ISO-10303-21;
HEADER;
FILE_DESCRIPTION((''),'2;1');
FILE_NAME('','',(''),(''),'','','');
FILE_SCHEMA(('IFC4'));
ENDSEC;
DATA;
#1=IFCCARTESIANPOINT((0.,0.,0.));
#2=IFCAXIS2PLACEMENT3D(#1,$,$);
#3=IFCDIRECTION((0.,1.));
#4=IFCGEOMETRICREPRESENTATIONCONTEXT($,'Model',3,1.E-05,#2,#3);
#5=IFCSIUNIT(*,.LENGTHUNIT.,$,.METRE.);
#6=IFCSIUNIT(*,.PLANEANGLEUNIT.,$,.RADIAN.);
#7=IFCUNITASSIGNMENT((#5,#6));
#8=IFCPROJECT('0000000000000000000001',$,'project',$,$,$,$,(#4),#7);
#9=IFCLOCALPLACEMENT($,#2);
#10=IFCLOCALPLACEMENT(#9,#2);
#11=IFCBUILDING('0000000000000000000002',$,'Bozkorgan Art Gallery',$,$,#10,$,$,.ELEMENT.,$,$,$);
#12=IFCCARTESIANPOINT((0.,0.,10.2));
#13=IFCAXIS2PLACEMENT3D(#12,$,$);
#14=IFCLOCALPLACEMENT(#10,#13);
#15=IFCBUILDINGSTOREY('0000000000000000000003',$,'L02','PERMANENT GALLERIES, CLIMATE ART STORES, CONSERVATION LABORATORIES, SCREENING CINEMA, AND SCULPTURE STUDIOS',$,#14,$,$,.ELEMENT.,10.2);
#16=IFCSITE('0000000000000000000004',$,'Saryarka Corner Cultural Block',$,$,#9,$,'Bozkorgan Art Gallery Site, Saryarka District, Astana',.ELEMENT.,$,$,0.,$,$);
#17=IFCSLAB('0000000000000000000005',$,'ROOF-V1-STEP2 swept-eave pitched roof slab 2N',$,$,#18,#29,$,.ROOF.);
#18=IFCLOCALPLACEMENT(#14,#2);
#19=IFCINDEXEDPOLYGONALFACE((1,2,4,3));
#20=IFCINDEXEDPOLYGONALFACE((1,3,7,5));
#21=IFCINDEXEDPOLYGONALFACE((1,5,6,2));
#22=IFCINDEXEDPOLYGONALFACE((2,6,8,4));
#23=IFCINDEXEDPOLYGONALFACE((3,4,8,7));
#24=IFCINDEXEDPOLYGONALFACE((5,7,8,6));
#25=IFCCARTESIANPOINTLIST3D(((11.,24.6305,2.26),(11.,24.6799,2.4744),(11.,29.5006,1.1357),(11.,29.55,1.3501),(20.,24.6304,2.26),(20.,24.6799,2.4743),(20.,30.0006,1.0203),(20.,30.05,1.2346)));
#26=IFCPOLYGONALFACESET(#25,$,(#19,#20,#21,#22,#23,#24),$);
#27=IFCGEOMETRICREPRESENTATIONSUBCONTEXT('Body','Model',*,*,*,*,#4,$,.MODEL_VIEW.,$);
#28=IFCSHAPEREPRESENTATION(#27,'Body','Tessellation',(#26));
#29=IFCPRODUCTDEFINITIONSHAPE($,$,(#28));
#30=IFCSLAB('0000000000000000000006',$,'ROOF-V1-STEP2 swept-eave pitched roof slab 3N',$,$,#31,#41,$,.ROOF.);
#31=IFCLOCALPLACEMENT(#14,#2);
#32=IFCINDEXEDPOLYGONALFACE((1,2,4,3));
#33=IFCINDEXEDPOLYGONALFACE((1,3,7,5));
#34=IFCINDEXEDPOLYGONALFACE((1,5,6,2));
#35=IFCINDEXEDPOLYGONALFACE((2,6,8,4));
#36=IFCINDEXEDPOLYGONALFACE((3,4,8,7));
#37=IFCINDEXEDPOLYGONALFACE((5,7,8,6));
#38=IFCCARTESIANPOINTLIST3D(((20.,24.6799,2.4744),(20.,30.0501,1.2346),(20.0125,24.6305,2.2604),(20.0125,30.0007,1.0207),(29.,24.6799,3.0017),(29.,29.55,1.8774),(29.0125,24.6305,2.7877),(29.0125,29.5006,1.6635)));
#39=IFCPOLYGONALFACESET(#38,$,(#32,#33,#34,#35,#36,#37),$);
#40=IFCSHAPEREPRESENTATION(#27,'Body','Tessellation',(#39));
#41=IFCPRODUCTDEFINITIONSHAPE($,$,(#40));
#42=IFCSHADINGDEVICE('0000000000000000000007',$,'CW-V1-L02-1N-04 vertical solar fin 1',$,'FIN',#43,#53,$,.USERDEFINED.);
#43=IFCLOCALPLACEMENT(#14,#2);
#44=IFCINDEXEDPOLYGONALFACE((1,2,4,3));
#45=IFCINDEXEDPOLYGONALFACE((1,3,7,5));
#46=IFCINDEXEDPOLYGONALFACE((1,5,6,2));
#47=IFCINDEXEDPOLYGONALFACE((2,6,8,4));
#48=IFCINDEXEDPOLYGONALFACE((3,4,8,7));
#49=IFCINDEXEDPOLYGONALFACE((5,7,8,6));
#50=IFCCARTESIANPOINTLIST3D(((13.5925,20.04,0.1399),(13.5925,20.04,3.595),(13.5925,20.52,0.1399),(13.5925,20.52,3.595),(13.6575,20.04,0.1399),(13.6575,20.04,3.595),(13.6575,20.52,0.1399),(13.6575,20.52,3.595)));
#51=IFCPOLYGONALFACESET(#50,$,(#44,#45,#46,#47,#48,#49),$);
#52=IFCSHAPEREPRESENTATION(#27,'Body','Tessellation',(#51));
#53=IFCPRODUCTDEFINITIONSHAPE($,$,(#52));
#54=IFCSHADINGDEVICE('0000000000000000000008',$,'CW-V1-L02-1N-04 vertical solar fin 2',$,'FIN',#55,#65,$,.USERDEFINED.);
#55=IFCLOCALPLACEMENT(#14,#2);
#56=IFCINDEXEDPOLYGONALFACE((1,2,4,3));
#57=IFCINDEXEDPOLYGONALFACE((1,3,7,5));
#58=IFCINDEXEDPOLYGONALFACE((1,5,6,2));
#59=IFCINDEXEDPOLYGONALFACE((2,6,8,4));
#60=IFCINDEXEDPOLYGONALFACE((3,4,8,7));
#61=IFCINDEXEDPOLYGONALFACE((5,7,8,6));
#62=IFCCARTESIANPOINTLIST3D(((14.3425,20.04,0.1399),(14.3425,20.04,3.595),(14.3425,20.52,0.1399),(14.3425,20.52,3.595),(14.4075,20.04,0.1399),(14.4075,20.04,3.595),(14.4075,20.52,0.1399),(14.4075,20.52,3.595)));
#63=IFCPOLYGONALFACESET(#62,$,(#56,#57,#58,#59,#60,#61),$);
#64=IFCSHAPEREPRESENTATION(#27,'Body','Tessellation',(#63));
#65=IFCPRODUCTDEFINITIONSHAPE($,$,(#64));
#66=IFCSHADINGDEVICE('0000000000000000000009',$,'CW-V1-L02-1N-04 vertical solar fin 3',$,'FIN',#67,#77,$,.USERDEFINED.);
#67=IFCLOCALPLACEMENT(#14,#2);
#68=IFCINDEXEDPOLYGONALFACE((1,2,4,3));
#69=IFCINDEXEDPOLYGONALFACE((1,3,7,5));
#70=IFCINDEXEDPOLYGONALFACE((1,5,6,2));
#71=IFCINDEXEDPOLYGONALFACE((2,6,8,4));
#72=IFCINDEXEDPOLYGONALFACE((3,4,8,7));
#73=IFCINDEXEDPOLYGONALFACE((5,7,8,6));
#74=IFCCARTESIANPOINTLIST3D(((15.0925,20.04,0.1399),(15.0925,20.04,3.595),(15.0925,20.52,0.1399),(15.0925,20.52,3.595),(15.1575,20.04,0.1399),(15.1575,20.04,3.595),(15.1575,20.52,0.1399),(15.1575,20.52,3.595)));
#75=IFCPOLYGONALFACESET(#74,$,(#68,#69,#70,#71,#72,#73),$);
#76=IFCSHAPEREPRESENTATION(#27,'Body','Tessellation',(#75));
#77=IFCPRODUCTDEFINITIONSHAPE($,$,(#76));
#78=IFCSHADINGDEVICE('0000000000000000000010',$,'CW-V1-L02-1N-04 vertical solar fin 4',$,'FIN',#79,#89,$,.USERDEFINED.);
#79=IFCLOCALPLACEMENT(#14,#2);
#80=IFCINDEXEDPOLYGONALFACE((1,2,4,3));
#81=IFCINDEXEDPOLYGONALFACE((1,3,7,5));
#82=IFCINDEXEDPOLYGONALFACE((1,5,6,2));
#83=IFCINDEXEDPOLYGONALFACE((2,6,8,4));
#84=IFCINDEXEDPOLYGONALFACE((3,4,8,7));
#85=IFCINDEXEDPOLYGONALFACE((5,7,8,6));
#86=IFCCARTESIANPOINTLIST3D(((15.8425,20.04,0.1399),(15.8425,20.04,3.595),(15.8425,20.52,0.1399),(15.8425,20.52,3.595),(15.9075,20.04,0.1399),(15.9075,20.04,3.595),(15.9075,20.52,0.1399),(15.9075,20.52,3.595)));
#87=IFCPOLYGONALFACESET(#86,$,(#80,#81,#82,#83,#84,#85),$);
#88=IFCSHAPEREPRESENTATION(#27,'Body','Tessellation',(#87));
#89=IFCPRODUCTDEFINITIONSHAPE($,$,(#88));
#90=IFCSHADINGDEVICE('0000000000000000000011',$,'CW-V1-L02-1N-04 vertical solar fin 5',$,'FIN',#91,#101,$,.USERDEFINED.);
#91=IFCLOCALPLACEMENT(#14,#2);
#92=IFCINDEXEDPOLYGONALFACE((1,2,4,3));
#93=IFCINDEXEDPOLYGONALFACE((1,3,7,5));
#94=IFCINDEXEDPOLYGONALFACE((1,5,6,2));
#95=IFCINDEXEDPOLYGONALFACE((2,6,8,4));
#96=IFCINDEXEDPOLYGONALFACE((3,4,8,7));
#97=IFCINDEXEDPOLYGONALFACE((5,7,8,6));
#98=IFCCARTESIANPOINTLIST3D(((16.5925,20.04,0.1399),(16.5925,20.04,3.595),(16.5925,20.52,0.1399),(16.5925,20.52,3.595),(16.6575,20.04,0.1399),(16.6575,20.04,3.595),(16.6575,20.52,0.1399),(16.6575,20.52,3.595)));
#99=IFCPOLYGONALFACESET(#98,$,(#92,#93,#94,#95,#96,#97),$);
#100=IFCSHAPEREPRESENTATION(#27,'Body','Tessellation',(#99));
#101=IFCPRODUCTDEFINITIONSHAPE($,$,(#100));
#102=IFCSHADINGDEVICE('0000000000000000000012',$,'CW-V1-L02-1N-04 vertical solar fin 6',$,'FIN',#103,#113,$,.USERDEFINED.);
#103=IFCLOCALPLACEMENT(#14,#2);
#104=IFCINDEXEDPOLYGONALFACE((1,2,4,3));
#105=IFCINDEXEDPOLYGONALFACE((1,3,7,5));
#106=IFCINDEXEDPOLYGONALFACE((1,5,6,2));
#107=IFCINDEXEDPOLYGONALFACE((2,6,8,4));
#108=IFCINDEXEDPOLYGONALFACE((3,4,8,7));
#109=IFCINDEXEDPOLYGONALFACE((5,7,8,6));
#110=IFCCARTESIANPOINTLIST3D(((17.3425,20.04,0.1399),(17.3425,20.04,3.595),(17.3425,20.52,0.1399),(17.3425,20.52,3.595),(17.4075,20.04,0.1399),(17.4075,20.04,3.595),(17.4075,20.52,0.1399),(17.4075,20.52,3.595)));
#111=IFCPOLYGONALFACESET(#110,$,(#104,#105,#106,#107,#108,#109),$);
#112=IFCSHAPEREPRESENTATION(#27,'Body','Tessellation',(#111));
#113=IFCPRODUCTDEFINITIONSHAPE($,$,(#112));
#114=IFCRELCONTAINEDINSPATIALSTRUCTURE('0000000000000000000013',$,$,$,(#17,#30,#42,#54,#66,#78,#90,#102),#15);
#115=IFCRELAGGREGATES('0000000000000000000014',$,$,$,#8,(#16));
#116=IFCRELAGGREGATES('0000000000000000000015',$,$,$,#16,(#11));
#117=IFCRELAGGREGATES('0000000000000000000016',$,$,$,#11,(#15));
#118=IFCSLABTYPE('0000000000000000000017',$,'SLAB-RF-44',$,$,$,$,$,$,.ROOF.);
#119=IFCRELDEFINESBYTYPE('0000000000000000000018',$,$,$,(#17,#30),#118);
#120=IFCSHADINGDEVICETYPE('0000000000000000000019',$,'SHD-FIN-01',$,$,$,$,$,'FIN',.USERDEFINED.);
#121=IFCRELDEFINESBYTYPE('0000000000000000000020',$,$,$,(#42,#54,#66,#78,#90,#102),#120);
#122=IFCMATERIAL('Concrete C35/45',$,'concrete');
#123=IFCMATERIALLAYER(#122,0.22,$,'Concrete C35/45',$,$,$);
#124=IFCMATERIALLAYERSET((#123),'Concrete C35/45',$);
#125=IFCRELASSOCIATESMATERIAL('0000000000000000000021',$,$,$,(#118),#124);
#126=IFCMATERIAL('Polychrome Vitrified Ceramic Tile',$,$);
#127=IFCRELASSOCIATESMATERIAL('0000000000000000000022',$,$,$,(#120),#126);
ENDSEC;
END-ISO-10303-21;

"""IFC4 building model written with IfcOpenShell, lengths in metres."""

from ifc_helpers import new_model, si_unit, direction, frame, origin, origin_2d, place, context, subcontext, project, spatial, polyline, rectangle, outline, extrude, material, layer, layer_set, type_object, element, save


model = new_model("IFC4")

# Units and contexts
model_context = context("Model", 3, precision=1e-05, world=origin(), true_north=direction((0.0, 1.0)))
body_context = subcontext(model_context, "Body", "Model", "MODEL_VIEW")
ifc_project = project(units=[si_unit("LENGTHUNIT", "METRE"), si_unit("PLANEANGLEUNIT", "RADIAN")], contexts=[model_context])

# Site, building, storey
site_placement = place(None, origin())
site = spatial("IfcSite", under=ifc_project, at=site_placement, Name="Saryarka Corner Cultural Block", LongName="Bozkorgan Art Gallery Site, Saryarka District, Astana", CompositionType="ELEMENT", RefElevation=0.0)
building_placement = place(site_placement, origin())
building = spatial("IfcBuilding", under=site, at=building_placement, Name="Bozkorgan Art Gallery", CompositionType="ELEMENT")
storey_placement = place(building_placement, frame((0.0, 0.0, 10.2)))
storey = spatial("IfcBuildingStorey", under=building, at=storey_placement, Name="L02", Description="PERMANENT GALLERIES, CLIMATE ART STORES, CONSERVATION LABORATORIES, SCREENING CINEMA, AND SCULPTURE STUDIOS", CompositionType="ELEMENT", Elevation=10.2)

# Slabs
ifc_material_1 = material(Name="Concrete C35/45", Category="concrete")
ifc_layer_1 = layer(ifc_material_1, 0.22, Name="Concrete C35/45")
ifc_layer_set_1 = layer_set([ifc_layer_1], Name="Concrete C35/45")
slab_type = type_object("IfcSlabType", Name="SLAB-RF-44", PredefinedType="ROOF", material=ifc_layer_set_1)
slab_1_placement = place(storey_placement, frame((11.0, 24.6799, 2.4744), z_axis=(0.000003, 0.224939, 0.974373), x_axis=(1.0, -0.000001, -0.000003)))
element("IfcSlab", 1, at=slab_1_placement, inside=storey, type_object=slab_type, Name="ROOF-V1-STEP2 swept-eave pitched roof slab 2N", PredefinedType="ROOF", context=body_context, shape_type="SweptSolid", body=[
    extrude(outline(polyline([(0.0, 0.0), (9.0, 0.0), (9.0, 5.5114), (0.0, 4.9982), (0.0, 0.0)])), origin(), (0.0, 0.0, -1.0), 0.22),
])
slab_2_placement = place(storey_placement, frame((20.0, 24.6799, 2.4744), z_axis=(-0.057002, 0.224574, 0.972789), x_axis=(0.998288, 0.000001, 0.058496)))
element("IfcSlab", 2, at=slab_2_placement, inside=storey, type_object=slab_type, Name="ROOF-V1-STEP2 swept-eave pitched roof slab 3N", PredefinedType="ROOF", context=body_context, shape_type="SweptSolid", body=[
    extrude(outline(polyline([(0.0, 0.0), (9.0154, 0.0), (8.9497, 4.9978), (-0.0725, 5.5109), (0.0, 0.0)])), origin(), (0.0, 0.0, -1.0), 0.22),
])

# Shading devices
ifc_material_2 = material(Name="Polychrome Vitrified Ceramic Tile")
shading_device_type = type_object("IfcShadingDeviceType", Name="SHD-FIN-01", ElementType="FIN", PredefinedType="USERDEFINED", material=ifc_material_2)
for number, where, z_axis, x_axis, name in (
    (3, (13.625, 20.28, 0.1399), (0.0, 0.0, 1.0), (0.0, 1.0, 0.0), "CW-V1-L02-1N-04 vertical solar fin 1"),
    (4, (14.375, 20.28, 0.1399), (0.0, 0.0, 1.0), (0.0, 1.0, 0.0), "CW-V1-L02-1N-04 vertical solar fin 2"),
    (5, (15.125, 20.28, 0.1399), (0.0, 0.0, 1.0), (0.0, 1.0, 0.0), "CW-V1-L02-1N-04 vertical solar fin 3"),
    (6, (15.875, 20.28, 0.1399), (0.0, 0.0, 1.0), (0.0, 1.0, 0.0), "CW-V1-L02-1N-04 vertical solar fin 4"),
    (7, (16.625, 20.28, 0.1399), (0.0, 0.0, 1.0), (0.0, 1.0, 0.0), "CW-V1-L02-1N-04 vertical solar fin 5"),
    (8, (17.375, 20.28, 0.1399), (0.0, 0.0, 1.0), (0.0, 1.0, 0.0), "CW-V1-L02-1N-04 vertical solar fin 6"),
):
    element("IfcShadingDevice", number, at=place(storey_placement, frame(where, z_axis=z_axis, x_axis=x_axis)), inside=storey, type_object=shading_device_type, Name=name, ObjectType="FIN", PredefinedType="USERDEFINED", context=body_context, shape_type="SweptSolid", body=[
        extrude(rectangle(XDim=0.48, YDim=0.0649, at=origin_2d()), origin(), (0.0, 0.0, 1.0), 3.4551),
    ])

save(model, "model.ifc")
